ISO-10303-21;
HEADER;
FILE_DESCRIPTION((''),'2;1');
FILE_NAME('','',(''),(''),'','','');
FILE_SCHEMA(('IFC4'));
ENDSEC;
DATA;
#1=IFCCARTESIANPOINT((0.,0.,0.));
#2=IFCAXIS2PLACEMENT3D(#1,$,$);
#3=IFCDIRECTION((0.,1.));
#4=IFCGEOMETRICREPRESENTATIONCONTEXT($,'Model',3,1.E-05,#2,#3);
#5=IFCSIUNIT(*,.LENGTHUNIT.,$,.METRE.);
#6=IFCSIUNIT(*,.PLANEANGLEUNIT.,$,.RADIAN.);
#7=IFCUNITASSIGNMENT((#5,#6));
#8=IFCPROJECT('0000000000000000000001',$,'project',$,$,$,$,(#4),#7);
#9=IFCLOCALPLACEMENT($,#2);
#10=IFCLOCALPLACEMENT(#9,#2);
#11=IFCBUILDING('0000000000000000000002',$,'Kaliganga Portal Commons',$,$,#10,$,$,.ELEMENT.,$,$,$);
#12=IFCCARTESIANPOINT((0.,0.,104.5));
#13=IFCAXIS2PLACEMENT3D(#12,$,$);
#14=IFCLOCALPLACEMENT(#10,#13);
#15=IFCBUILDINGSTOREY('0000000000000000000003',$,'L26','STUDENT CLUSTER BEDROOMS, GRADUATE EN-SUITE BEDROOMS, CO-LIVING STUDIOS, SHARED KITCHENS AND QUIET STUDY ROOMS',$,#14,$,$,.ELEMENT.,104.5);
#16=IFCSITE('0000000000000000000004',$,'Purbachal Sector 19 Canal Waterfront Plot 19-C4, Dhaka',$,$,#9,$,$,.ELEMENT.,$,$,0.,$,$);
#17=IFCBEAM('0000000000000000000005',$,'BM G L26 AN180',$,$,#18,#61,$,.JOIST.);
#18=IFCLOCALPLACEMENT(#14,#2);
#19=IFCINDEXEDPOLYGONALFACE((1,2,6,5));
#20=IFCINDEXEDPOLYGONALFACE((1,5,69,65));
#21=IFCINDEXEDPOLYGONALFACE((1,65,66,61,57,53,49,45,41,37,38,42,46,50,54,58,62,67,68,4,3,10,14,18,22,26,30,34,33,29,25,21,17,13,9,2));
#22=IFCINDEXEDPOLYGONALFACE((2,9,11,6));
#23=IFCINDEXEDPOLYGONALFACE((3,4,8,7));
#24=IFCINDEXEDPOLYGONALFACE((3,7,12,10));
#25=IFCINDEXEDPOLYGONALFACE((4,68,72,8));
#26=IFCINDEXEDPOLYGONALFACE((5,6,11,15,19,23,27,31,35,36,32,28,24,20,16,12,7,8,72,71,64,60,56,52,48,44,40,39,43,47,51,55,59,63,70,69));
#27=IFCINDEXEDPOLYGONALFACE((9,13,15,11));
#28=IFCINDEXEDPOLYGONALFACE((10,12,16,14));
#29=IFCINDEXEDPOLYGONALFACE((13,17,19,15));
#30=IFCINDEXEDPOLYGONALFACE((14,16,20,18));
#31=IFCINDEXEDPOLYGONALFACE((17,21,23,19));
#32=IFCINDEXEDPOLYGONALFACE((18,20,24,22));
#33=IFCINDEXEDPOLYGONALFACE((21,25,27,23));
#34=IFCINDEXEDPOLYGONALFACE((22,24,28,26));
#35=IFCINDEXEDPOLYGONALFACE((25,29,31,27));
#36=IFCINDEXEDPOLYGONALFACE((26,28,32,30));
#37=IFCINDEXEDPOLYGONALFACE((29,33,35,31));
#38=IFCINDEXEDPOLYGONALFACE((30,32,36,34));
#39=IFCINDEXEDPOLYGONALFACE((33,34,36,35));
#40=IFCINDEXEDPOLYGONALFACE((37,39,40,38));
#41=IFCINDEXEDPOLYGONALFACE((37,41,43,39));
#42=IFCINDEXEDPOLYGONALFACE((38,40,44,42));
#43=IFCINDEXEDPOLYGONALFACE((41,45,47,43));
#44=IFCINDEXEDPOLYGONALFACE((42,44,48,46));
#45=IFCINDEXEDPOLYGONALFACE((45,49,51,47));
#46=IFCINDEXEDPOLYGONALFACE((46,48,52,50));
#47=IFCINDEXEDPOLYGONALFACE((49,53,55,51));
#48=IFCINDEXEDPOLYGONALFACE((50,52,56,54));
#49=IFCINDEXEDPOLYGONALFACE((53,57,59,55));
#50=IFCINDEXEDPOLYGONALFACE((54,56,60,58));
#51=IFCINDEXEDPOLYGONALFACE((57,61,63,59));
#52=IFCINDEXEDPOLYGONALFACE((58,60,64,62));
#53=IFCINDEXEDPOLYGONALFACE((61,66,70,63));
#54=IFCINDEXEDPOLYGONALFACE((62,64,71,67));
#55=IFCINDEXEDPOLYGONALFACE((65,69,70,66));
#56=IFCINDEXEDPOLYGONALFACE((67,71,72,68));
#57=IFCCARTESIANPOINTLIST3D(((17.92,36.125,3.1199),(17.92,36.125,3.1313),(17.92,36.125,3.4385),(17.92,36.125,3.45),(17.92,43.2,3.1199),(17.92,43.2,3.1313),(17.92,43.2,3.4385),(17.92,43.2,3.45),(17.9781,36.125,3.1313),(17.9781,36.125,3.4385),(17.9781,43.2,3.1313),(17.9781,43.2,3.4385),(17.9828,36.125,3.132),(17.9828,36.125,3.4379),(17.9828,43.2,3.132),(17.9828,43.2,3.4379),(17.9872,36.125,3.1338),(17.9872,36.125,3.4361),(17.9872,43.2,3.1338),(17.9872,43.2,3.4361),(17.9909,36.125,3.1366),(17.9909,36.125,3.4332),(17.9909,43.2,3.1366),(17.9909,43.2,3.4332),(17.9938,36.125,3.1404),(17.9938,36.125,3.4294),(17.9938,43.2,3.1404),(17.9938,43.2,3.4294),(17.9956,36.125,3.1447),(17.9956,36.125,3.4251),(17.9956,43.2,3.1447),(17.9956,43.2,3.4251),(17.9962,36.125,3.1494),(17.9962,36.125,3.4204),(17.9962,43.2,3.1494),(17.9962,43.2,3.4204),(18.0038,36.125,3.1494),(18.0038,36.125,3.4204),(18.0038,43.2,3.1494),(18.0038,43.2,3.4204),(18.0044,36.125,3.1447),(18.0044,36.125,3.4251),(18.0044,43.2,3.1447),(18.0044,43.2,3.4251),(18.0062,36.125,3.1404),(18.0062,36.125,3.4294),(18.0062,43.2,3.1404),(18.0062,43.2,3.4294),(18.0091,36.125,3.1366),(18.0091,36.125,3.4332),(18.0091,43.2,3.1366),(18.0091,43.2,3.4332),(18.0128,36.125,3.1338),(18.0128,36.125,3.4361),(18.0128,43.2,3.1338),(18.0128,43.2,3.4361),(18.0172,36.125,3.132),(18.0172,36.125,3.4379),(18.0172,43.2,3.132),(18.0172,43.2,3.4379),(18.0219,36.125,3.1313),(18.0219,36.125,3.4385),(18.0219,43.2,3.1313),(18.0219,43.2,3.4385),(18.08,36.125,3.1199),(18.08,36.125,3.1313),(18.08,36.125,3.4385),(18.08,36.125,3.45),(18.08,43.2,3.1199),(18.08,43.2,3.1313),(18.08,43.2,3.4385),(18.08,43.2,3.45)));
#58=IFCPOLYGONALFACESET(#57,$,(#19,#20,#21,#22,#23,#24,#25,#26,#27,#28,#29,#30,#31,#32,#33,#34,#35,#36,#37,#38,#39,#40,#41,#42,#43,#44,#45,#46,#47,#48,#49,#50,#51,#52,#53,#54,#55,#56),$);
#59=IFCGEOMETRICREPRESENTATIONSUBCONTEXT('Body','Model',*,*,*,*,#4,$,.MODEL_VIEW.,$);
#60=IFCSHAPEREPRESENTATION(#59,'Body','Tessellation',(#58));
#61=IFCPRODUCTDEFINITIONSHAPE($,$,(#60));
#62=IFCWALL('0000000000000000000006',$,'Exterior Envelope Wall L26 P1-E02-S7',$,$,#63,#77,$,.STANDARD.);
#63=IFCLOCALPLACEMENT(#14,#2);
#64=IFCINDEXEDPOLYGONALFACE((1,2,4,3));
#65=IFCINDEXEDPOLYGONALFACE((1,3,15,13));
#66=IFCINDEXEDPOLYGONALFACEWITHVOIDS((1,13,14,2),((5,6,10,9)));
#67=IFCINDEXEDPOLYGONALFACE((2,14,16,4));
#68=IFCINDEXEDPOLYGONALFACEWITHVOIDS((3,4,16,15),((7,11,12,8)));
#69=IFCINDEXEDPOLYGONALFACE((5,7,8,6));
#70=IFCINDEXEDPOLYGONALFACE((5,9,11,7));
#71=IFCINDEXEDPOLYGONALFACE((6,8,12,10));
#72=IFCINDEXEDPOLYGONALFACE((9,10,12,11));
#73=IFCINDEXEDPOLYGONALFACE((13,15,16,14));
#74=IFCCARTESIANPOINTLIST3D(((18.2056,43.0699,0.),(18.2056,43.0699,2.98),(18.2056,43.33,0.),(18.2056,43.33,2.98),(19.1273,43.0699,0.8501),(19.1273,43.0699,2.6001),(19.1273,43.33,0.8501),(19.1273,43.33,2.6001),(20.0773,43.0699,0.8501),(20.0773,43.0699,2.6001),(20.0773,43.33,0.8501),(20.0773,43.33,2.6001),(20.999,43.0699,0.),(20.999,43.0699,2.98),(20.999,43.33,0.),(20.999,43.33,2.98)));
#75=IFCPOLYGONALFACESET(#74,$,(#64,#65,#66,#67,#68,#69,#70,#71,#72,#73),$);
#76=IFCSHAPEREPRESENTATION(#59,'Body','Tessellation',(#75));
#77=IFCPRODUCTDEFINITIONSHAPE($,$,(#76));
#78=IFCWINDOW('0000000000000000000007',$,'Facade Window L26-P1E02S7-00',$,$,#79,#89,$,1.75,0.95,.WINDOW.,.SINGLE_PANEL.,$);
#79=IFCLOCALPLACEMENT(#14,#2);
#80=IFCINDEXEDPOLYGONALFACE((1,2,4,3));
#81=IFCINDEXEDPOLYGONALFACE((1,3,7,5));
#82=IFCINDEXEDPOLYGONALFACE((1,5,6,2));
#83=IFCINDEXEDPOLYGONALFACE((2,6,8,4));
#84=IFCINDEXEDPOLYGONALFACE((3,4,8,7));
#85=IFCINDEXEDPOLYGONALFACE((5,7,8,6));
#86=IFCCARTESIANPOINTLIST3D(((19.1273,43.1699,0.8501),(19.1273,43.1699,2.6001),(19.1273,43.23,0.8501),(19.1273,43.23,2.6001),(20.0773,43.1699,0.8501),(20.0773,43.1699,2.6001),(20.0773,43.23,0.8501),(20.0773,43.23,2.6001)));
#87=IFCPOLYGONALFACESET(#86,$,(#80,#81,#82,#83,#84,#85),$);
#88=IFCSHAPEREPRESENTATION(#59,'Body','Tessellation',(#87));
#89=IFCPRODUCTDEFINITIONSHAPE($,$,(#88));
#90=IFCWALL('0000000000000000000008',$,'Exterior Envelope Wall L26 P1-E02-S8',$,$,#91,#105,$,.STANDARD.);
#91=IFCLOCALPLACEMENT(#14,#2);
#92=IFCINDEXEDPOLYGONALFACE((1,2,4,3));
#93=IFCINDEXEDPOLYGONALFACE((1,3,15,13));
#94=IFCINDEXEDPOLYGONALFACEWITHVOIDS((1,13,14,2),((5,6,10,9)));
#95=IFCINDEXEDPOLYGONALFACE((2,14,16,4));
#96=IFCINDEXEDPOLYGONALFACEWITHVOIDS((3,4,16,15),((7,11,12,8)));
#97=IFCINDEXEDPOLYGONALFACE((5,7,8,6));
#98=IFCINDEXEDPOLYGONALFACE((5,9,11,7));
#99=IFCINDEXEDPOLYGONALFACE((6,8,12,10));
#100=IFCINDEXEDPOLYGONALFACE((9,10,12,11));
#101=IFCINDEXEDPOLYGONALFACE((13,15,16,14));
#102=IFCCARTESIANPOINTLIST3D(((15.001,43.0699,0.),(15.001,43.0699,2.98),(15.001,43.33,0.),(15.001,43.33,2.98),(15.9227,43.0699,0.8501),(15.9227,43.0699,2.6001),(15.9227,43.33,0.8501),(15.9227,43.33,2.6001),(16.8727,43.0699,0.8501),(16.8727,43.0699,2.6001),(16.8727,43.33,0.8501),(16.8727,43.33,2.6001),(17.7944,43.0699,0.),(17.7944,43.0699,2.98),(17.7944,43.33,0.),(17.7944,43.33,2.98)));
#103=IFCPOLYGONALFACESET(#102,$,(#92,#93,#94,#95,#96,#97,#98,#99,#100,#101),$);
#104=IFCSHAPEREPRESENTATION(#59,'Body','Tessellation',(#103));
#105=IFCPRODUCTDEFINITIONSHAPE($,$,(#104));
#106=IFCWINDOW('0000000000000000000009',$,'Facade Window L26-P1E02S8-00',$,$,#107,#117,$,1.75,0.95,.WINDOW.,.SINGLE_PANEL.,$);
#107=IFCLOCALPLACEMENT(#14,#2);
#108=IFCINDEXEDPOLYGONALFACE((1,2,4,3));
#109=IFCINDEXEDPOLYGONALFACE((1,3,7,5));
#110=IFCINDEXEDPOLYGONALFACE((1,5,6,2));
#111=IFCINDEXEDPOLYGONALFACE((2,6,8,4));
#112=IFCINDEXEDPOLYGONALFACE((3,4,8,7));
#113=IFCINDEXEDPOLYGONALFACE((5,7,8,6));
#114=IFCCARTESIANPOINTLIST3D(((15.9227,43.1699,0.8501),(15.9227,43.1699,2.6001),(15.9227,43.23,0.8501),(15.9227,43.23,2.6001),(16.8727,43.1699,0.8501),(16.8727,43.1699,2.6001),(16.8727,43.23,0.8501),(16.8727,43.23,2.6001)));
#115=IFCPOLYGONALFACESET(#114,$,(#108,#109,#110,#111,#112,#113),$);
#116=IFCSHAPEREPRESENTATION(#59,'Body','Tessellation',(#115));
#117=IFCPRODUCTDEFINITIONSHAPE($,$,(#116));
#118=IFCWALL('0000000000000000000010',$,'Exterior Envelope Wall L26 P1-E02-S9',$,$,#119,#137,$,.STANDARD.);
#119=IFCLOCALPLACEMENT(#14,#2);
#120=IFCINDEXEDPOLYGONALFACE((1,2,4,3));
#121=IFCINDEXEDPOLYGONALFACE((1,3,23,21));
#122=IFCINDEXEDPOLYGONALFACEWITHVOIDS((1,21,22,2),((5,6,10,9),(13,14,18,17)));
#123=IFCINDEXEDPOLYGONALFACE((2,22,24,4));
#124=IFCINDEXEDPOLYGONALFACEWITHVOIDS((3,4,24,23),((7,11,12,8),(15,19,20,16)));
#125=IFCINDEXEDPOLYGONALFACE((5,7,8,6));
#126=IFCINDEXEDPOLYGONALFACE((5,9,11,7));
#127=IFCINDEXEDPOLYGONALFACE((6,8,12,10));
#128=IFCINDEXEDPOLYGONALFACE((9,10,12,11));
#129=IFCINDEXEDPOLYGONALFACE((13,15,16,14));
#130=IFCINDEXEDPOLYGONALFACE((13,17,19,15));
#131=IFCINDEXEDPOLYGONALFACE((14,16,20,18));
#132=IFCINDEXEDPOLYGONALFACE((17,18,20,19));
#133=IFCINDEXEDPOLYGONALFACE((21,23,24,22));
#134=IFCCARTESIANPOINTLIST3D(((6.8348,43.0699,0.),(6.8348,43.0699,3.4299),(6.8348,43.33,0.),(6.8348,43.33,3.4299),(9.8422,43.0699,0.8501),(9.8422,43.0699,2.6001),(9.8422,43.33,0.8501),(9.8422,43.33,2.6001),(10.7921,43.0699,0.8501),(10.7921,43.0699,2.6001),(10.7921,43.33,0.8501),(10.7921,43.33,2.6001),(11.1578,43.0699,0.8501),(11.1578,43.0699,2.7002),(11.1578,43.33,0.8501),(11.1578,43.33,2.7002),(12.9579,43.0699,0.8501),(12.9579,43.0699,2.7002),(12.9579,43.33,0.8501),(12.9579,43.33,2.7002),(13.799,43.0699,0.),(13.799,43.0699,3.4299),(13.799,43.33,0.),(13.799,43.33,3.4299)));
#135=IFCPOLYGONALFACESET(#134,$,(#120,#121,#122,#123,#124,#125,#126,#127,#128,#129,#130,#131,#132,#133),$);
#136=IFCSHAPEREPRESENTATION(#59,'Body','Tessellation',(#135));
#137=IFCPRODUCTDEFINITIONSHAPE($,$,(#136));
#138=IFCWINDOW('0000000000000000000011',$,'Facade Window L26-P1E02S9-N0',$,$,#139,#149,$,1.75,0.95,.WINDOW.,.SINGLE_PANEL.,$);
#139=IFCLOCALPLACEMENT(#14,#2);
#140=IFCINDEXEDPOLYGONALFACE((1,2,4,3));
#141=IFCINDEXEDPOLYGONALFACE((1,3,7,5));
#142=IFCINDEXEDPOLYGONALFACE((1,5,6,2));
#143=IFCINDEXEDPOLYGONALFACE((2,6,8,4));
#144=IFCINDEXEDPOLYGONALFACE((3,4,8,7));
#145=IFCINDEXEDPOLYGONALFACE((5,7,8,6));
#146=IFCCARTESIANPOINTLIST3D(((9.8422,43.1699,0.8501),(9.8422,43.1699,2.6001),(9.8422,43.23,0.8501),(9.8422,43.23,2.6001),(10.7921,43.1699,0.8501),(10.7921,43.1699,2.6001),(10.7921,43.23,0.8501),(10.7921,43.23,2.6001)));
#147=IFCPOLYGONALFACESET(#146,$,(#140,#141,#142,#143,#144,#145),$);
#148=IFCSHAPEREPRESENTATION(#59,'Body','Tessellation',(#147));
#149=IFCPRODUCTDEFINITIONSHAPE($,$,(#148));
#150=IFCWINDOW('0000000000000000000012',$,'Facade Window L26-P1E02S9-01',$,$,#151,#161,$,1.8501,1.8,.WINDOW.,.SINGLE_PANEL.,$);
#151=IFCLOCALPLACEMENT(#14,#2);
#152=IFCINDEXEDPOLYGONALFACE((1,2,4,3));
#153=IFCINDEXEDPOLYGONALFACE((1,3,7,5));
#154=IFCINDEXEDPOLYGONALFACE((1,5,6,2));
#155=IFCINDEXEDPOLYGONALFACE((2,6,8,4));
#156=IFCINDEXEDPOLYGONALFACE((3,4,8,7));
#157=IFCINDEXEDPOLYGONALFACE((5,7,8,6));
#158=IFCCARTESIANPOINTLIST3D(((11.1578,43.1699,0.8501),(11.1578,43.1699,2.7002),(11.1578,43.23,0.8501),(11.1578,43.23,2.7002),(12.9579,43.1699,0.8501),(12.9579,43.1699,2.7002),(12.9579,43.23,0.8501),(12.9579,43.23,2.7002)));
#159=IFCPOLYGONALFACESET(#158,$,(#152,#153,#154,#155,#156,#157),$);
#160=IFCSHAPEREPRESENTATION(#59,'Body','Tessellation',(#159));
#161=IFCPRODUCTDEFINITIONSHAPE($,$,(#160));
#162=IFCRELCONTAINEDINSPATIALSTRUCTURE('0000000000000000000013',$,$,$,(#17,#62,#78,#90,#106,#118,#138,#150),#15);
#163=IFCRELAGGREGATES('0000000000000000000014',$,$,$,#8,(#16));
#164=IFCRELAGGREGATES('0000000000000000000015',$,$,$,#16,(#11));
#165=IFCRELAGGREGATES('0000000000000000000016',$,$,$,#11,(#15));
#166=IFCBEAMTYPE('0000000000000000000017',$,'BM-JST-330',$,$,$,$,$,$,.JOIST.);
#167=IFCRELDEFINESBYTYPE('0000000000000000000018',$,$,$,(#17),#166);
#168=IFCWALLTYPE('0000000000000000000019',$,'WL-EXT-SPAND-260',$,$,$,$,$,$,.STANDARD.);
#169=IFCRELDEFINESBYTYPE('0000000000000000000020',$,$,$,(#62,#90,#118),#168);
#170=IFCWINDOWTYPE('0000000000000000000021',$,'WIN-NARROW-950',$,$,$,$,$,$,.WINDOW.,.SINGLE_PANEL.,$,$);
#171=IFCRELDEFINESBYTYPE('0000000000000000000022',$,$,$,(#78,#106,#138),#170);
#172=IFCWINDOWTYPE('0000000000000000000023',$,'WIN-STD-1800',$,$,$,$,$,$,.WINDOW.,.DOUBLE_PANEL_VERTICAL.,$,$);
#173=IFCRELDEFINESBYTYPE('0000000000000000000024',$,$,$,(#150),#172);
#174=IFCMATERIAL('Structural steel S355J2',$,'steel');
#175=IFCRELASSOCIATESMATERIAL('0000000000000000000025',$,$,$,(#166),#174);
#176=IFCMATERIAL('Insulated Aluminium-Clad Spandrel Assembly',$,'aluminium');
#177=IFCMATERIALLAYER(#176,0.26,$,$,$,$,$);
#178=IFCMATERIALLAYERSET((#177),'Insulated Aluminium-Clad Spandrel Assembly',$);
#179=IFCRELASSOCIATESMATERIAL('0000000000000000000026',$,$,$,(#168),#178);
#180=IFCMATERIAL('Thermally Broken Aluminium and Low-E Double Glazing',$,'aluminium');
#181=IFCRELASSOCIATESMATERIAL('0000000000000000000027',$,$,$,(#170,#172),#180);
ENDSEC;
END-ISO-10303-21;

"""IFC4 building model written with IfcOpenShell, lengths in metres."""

from ifc_helpers import new_model, si_unit, direction, frame, frame_2d, origin, origin_2d, place, context, subcontext, project, spatial, rectangle, i_section, extrude, source, transform, mapped, material, layer, layer_set, material_profile, profile_set, type_object, element, fill, save


model = new_model("IFC4")

# Units and contexts
model_context = context("Model", 3, precision=1e-05, world=origin(), true_north=direction((0.0, 1.0)))
body_context = subcontext(model_context, "Body", "Model", "MODEL_VIEW")
ifc_project = project(units=[si_unit("LENGTHUNIT", "METRE"), si_unit("PLANEANGLEUNIT", "RADIAN")], contexts=[model_context])

# Site, building, storey
site_placement = place(None, origin())
site = spatial("IfcSite", under=ifc_project, at=site_placement, Name="Purbachal Sector 19 Canal Waterfront Plot 19-C4, Dhaka", CompositionType="ELEMENT", RefElevation=0.0)
building_placement = place(site_placement, origin())
building = spatial("IfcBuilding", under=site, at=building_placement, Name="Kaliganga Portal Commons", CompositionType="ELEMENT")
storey_placement = place(building_placement, frame((0.0, 0.0, 104.5)))
storey = spatial("IfcBuildingStorey", under=building, at=storey_placement, Name="L26", Description="STUDENT CLUSTER BEDROOMS, GRADUATE EN-SUITE BEDROOMS, CO-LIVING STUDIOS, SHARED KITCHENS AND QUIET STUDY ROOMS", CompositionType="ELEMENT", Elevation=104.5)

# Beam
ifc_material_1 = material(Name="Structural steel S355J2", Category="steel")
ifc_material_profile_1 = material_profile(ifc_material_1, i_section(OverallWidth=0.1599, OverallDepth=0.3301, WebThickness=0.0076, FlangeThickness=0.0115, FilletRadius=0.0181, at=origin_2d()), Name="IPE 330")
ifc_profile_set_1 = profile_set([ifc_material_profile_1], Name="Structural steel S355J2 wide-flange")
beam_type_1 = type_object("IfcBeamType", Name="BM-JST-330", PredefinedType="JOIST", material=ifc_profile_set_1)
shared_shape_1 = source(origin(), body_context, "Body", "SweptSolid", [
    extrude(i_section(OverallWidth=0.1599, OverallDepth=0.3301, WebThickness=0.0076, FlangeThickness=0.0115, FilletRadius=0.0181, at=origin_2d()), origin(), (0.0, 0.0, 1.0), 7.075),
])
beam_1_placement = place(storey_placement, frame((18.0, 36.125, 3.2849), z_axis=(0.0, 1.0, 0.0), x_axis=(-1.0, 0.0, 0.0)))
element("IfcBeam", 1, at=beam_1_placement, inside=storey, type_object=beam_type_1, Name="BM G L26 AN180", PredefinedType="JOIST", context=body_context, shape_type="MappedRepresentation", body=[
    mapped(shared_shape_1, transform((0.0, 0.0, 0.0), x_axis=(1.0, 0.0, 0.0), y_axis=(0.0, 1.0, 0.0), z_axis=(0.0, 0.0, 1.0), scale=1.0)),
])

# Walls, openings, windows
ifc_material_2 = material(Name="Insulated Aluminium-Clad Spandrel Assembly", Category="aluminium")
ifc_layer_1 = layer(ifc_material_2, 0.26)
ifc_layer_set_1 = layer_set([ifc_layer_1], Name="Insulated Aluminium-Clad Spandrel Assembly")
wall_type_1 = type_object("IfcWallType", Name="WL-EXT-SPAND-260", PredefinedType="STANDARD", material=ifc_layer_set_1)
wall_1_placement = place(storey_placement, frame((18.2056, 43.2, 0.0), z_axis=(0.0, 0.0, 1.0), x_axis=(1.0, 0.0, 0.0)))
wall_1 = element("IfcWall", 2, at=wall_1_placement, inside=storey, type_object=wall_type_1, Name="Exterior Envelope Wall L26 P1-E02-S7", PredefinedType="STANDARD", context=body_context, shape_type="SweptSolid", body=[
    extrude(rectangle(XDim=2.7935, YDim=0.26, at=frame_2d((1.3967, 0.0))), origin(), (0.0, 0.0, 1.0), 2.98),
])
opening_1_placement = place(wall_1_placement, frame((0.9216, 0.0, 0.8501)))
opening_1 = element("IfcOpeningElement", 3, at=opening_1_placement, cuts=wall_1, PredefinedType="OPENING", context=body_context, shape_type="SweptSolid", body=[
    extrude(rectangle(XDim=0.95, YDim=1.75, at=frame_2d((0.4751, 0.875))), frame((0.0, 0.1401, 0.0), z_axis=(0.0, -1.0, 0.0), x_axis=(1.0, 0.0, 0.0)), (0.0, 0.0, 1.0), 0.28),
])
ifc_material_3 = material(Name="Thermally Broken Aluminium and Low-E Double Glazing", Category="aluminium")
window_type_1 = type_object("IfcWindowType", Name="WIN-NARROW-950", PartitioningType="SINGLE_PANEL", PredefinedType="WINDOW", material=ifc_material_3)
window_1_placement = place(opening_1_placement, origin())
window_1 = element("IfcWindow", 4, at=window_1_placement, inside=storey, type_object=window_type_1, Name="Facade Window L26-P1E02S7-00", OverallHeight=1.75, OverallWidth=0.95, PartitioningType="SINGLE_PANEL", PredefinedType="WINDOW", context=body_context, shape_type="SweptSolid", body=[
    extrude(rectangle(XDim=0.95, YDim=1.75, at=frame_2d((0.4751, 0.875))), frame((0.0, 0.03, 0.0), z_axis=(0.0, -1.0, 0.0), x_axis=(1.0, 0.0, 0.0)), (0.0, 0.0, 1.0), 0.0601),
])
fill(opening_1, window_1)
wall_2_placement = place(storey_placement, frame((15.001, 43.2, 0.0), z_axis=(0.0, 0.0, 1.0), x_axis=(1.0, 0.0, 0.0)))
wall_2 = element("IfcWall", 5, at=wall_2_placement, inside=storey, type_object=wall_type_1, Name="Exterior Envelope Wall L26 P1-E02-S8", PredefinedType="STANDARD", context=body_context, shape_type="SweptSolid", body=[
    extrude(rectangle(XDim=2.7935, YDim=0.26, at=frame_2d((1.3967, 0.0))), origin(), (0.0, 0.0, 1.0), 2.98),
])
opening_2_placement = place(wall_2_placement, frame((0.9216, 0.0, 0.8501)))
opening_2 = element("IfcOpeningElement", 6, at=opening_2_placement, cuts=wall_2, PredefinedType="OPENING", context=body_context, shape_type="SweptSolid", body=[
    extrude(rectangle(XDim=0.95, YDim=1.75, at=frame_2d((0.4751, 0.875))), frame((0.0, 0.1401, 0.0), z_axis=(0.0, -1.0, 0.0), x_axis=(1.0, 0.0, 0.0)), (0.0, 0.0, 1.0), 0.28),
])
window_2_placement = place(opening_2_placement, origin())
window_2 = element("IfcWindow", 7, at=window_2_placement, inside=storey, type_object=window_type_1, Name="Facade Window L26-P1E02S8-00", OverallHeight=1.75, OverallWidth=0.95, PartitioningType="SINGLE_PANEL", PredefinedType="WINDOW", context=body_context, shape_type="SweptSolid", body=[
    extrude(rectangle(XDim=0.95, YDim=1.75, at=frame_2d((0.4751, 0.875))), frame((0.0, 0.03, 0.0), z_axis=(0.0, -1.0, 0.0), x_axis=(1.0, 0.0, 0.0)), (0.0, 0.0, 1.0), 0.0601),
])
fill(opening_2, window_2)

# Wall, openings, windows
wall_3_placement = place(storey_placement, frame((6.835, 43.2, 0.0), z_axis=(0.0, 0.0, 1.0), x_axis=(1.0, 0.0, 0.0)))
wall_3 = element("IfcWall", 8, at=wall_3_placement, inside=storey, type_object=wall_type_1, Name="Exterior Envelope Wall L26 P1-E02-S9", PredefinedType="STANDARD", context=body_context, shape_type="SweptSolid", body=[
    extrude(rectangle(XDim=6.9641, YDim=0.26, at=frame_2d((3.4819, 0.0))), origin(), (0.0, 0.0, 1.0), 3.4299),
])
opening_3_placement = place(wall_3_placement, frame((4.323, 0.0, 0.8501)))
opening_3 = element("IfcOpeningElement", 9, at=opening_3_placement, cuts=wall_3, PredefinedType="OPENING", context=body_context, shape_type="SweptSolid", body=[
    extrude(rectangle(XDim=1.8, YDim=1.8501, at=frame_2d((0.8999, 0.925))), frame((0.0, 0.1401, 0.0), z_axis=(0.0, -1.0, 0.0), x_axis=(1.0, 0.0, 0.0)), (0.0, 0.0, 1.0), 0.28),
])
opening_4_placement = place(wall_3_placement, frame((3.0071, 0.0, 0.8501)))
opening_4 = element("IfcOpeningElement", 10, at=opening_4_placement, cuts=wall_3, PredefinedType="OPENING", context=body_context, shape_type="SweptSolid", body=[
    extrude(rectangle(XDim=0.95, YDim=1.75, at=frame_2d((0.4751, 0.875))), frame((0.0, 0.1401, 0.0), z_axis=(0.0, -1.0, 0.0), x_axis=(1.0, 0.0, 0.0)), (0.0, 0.0, 1.0), 0.28),
])
window_3_placement = place(opening_4_placement, origin())
window_3 = element("IfcWindow", 11, at=window_3_placement, inside=storey, type_object=window_type_1, Name="Facade Window L26-P1E02S9-N0", OverallHeight=1.75, OverallWidth=0.95, PartitioningType="SINGLE_PANEL", PredefinedType="WINDOW", context=body_context, shape_type="SweptSolid", body=[
    extrude(rectangle(XDim=0.95, YDim=1.75, at=frame_2d((0.4751, 0.875))), frame((0.0, 0.03, 0.0), z_axis=(0.0, -1.0, 0.0), x_axis=(1.0, 0.0, 0.0)), (0.0, 0.0, 1.0), 0.0601),
])
fill(opening_4, window_3)
window_type_2 = type_object("IfcWindowType", Name="WIN-STD-1800", PartitioningType="DOUBLE_PANEL_VERTICAL", PredefinedType="WINDOW", material=ifc_material_3)
window_4_placement = place(opening_3_placement, origin())
window_4 = element("IfcWindow", 12, at=window_4_placement, inside=storey, type_object=window_type_2, Name="Facade Window L26-P1E02S9-01", OverallHeight=1.8501, OverallWidth=1.8, PartitioningType="SINGLE_PANEL", PredefinedType="WINDOW", context=body_context, shape_type="SweptSolid", body=[
    extrude(rectangle(XDim=1.8, YDim=1.8501, at=frame_2d((0.8999, 0.925))), frame((0.0, 0.03, 0.0), z_axis=(0.0, -1.0, 0.0), x_axis=(1.0, 0.0, 0.0)), (0.0, 0.0, 1.0), 0.0601),
])
fill(opening_3, window_4)

save(model, "model.ifc")
